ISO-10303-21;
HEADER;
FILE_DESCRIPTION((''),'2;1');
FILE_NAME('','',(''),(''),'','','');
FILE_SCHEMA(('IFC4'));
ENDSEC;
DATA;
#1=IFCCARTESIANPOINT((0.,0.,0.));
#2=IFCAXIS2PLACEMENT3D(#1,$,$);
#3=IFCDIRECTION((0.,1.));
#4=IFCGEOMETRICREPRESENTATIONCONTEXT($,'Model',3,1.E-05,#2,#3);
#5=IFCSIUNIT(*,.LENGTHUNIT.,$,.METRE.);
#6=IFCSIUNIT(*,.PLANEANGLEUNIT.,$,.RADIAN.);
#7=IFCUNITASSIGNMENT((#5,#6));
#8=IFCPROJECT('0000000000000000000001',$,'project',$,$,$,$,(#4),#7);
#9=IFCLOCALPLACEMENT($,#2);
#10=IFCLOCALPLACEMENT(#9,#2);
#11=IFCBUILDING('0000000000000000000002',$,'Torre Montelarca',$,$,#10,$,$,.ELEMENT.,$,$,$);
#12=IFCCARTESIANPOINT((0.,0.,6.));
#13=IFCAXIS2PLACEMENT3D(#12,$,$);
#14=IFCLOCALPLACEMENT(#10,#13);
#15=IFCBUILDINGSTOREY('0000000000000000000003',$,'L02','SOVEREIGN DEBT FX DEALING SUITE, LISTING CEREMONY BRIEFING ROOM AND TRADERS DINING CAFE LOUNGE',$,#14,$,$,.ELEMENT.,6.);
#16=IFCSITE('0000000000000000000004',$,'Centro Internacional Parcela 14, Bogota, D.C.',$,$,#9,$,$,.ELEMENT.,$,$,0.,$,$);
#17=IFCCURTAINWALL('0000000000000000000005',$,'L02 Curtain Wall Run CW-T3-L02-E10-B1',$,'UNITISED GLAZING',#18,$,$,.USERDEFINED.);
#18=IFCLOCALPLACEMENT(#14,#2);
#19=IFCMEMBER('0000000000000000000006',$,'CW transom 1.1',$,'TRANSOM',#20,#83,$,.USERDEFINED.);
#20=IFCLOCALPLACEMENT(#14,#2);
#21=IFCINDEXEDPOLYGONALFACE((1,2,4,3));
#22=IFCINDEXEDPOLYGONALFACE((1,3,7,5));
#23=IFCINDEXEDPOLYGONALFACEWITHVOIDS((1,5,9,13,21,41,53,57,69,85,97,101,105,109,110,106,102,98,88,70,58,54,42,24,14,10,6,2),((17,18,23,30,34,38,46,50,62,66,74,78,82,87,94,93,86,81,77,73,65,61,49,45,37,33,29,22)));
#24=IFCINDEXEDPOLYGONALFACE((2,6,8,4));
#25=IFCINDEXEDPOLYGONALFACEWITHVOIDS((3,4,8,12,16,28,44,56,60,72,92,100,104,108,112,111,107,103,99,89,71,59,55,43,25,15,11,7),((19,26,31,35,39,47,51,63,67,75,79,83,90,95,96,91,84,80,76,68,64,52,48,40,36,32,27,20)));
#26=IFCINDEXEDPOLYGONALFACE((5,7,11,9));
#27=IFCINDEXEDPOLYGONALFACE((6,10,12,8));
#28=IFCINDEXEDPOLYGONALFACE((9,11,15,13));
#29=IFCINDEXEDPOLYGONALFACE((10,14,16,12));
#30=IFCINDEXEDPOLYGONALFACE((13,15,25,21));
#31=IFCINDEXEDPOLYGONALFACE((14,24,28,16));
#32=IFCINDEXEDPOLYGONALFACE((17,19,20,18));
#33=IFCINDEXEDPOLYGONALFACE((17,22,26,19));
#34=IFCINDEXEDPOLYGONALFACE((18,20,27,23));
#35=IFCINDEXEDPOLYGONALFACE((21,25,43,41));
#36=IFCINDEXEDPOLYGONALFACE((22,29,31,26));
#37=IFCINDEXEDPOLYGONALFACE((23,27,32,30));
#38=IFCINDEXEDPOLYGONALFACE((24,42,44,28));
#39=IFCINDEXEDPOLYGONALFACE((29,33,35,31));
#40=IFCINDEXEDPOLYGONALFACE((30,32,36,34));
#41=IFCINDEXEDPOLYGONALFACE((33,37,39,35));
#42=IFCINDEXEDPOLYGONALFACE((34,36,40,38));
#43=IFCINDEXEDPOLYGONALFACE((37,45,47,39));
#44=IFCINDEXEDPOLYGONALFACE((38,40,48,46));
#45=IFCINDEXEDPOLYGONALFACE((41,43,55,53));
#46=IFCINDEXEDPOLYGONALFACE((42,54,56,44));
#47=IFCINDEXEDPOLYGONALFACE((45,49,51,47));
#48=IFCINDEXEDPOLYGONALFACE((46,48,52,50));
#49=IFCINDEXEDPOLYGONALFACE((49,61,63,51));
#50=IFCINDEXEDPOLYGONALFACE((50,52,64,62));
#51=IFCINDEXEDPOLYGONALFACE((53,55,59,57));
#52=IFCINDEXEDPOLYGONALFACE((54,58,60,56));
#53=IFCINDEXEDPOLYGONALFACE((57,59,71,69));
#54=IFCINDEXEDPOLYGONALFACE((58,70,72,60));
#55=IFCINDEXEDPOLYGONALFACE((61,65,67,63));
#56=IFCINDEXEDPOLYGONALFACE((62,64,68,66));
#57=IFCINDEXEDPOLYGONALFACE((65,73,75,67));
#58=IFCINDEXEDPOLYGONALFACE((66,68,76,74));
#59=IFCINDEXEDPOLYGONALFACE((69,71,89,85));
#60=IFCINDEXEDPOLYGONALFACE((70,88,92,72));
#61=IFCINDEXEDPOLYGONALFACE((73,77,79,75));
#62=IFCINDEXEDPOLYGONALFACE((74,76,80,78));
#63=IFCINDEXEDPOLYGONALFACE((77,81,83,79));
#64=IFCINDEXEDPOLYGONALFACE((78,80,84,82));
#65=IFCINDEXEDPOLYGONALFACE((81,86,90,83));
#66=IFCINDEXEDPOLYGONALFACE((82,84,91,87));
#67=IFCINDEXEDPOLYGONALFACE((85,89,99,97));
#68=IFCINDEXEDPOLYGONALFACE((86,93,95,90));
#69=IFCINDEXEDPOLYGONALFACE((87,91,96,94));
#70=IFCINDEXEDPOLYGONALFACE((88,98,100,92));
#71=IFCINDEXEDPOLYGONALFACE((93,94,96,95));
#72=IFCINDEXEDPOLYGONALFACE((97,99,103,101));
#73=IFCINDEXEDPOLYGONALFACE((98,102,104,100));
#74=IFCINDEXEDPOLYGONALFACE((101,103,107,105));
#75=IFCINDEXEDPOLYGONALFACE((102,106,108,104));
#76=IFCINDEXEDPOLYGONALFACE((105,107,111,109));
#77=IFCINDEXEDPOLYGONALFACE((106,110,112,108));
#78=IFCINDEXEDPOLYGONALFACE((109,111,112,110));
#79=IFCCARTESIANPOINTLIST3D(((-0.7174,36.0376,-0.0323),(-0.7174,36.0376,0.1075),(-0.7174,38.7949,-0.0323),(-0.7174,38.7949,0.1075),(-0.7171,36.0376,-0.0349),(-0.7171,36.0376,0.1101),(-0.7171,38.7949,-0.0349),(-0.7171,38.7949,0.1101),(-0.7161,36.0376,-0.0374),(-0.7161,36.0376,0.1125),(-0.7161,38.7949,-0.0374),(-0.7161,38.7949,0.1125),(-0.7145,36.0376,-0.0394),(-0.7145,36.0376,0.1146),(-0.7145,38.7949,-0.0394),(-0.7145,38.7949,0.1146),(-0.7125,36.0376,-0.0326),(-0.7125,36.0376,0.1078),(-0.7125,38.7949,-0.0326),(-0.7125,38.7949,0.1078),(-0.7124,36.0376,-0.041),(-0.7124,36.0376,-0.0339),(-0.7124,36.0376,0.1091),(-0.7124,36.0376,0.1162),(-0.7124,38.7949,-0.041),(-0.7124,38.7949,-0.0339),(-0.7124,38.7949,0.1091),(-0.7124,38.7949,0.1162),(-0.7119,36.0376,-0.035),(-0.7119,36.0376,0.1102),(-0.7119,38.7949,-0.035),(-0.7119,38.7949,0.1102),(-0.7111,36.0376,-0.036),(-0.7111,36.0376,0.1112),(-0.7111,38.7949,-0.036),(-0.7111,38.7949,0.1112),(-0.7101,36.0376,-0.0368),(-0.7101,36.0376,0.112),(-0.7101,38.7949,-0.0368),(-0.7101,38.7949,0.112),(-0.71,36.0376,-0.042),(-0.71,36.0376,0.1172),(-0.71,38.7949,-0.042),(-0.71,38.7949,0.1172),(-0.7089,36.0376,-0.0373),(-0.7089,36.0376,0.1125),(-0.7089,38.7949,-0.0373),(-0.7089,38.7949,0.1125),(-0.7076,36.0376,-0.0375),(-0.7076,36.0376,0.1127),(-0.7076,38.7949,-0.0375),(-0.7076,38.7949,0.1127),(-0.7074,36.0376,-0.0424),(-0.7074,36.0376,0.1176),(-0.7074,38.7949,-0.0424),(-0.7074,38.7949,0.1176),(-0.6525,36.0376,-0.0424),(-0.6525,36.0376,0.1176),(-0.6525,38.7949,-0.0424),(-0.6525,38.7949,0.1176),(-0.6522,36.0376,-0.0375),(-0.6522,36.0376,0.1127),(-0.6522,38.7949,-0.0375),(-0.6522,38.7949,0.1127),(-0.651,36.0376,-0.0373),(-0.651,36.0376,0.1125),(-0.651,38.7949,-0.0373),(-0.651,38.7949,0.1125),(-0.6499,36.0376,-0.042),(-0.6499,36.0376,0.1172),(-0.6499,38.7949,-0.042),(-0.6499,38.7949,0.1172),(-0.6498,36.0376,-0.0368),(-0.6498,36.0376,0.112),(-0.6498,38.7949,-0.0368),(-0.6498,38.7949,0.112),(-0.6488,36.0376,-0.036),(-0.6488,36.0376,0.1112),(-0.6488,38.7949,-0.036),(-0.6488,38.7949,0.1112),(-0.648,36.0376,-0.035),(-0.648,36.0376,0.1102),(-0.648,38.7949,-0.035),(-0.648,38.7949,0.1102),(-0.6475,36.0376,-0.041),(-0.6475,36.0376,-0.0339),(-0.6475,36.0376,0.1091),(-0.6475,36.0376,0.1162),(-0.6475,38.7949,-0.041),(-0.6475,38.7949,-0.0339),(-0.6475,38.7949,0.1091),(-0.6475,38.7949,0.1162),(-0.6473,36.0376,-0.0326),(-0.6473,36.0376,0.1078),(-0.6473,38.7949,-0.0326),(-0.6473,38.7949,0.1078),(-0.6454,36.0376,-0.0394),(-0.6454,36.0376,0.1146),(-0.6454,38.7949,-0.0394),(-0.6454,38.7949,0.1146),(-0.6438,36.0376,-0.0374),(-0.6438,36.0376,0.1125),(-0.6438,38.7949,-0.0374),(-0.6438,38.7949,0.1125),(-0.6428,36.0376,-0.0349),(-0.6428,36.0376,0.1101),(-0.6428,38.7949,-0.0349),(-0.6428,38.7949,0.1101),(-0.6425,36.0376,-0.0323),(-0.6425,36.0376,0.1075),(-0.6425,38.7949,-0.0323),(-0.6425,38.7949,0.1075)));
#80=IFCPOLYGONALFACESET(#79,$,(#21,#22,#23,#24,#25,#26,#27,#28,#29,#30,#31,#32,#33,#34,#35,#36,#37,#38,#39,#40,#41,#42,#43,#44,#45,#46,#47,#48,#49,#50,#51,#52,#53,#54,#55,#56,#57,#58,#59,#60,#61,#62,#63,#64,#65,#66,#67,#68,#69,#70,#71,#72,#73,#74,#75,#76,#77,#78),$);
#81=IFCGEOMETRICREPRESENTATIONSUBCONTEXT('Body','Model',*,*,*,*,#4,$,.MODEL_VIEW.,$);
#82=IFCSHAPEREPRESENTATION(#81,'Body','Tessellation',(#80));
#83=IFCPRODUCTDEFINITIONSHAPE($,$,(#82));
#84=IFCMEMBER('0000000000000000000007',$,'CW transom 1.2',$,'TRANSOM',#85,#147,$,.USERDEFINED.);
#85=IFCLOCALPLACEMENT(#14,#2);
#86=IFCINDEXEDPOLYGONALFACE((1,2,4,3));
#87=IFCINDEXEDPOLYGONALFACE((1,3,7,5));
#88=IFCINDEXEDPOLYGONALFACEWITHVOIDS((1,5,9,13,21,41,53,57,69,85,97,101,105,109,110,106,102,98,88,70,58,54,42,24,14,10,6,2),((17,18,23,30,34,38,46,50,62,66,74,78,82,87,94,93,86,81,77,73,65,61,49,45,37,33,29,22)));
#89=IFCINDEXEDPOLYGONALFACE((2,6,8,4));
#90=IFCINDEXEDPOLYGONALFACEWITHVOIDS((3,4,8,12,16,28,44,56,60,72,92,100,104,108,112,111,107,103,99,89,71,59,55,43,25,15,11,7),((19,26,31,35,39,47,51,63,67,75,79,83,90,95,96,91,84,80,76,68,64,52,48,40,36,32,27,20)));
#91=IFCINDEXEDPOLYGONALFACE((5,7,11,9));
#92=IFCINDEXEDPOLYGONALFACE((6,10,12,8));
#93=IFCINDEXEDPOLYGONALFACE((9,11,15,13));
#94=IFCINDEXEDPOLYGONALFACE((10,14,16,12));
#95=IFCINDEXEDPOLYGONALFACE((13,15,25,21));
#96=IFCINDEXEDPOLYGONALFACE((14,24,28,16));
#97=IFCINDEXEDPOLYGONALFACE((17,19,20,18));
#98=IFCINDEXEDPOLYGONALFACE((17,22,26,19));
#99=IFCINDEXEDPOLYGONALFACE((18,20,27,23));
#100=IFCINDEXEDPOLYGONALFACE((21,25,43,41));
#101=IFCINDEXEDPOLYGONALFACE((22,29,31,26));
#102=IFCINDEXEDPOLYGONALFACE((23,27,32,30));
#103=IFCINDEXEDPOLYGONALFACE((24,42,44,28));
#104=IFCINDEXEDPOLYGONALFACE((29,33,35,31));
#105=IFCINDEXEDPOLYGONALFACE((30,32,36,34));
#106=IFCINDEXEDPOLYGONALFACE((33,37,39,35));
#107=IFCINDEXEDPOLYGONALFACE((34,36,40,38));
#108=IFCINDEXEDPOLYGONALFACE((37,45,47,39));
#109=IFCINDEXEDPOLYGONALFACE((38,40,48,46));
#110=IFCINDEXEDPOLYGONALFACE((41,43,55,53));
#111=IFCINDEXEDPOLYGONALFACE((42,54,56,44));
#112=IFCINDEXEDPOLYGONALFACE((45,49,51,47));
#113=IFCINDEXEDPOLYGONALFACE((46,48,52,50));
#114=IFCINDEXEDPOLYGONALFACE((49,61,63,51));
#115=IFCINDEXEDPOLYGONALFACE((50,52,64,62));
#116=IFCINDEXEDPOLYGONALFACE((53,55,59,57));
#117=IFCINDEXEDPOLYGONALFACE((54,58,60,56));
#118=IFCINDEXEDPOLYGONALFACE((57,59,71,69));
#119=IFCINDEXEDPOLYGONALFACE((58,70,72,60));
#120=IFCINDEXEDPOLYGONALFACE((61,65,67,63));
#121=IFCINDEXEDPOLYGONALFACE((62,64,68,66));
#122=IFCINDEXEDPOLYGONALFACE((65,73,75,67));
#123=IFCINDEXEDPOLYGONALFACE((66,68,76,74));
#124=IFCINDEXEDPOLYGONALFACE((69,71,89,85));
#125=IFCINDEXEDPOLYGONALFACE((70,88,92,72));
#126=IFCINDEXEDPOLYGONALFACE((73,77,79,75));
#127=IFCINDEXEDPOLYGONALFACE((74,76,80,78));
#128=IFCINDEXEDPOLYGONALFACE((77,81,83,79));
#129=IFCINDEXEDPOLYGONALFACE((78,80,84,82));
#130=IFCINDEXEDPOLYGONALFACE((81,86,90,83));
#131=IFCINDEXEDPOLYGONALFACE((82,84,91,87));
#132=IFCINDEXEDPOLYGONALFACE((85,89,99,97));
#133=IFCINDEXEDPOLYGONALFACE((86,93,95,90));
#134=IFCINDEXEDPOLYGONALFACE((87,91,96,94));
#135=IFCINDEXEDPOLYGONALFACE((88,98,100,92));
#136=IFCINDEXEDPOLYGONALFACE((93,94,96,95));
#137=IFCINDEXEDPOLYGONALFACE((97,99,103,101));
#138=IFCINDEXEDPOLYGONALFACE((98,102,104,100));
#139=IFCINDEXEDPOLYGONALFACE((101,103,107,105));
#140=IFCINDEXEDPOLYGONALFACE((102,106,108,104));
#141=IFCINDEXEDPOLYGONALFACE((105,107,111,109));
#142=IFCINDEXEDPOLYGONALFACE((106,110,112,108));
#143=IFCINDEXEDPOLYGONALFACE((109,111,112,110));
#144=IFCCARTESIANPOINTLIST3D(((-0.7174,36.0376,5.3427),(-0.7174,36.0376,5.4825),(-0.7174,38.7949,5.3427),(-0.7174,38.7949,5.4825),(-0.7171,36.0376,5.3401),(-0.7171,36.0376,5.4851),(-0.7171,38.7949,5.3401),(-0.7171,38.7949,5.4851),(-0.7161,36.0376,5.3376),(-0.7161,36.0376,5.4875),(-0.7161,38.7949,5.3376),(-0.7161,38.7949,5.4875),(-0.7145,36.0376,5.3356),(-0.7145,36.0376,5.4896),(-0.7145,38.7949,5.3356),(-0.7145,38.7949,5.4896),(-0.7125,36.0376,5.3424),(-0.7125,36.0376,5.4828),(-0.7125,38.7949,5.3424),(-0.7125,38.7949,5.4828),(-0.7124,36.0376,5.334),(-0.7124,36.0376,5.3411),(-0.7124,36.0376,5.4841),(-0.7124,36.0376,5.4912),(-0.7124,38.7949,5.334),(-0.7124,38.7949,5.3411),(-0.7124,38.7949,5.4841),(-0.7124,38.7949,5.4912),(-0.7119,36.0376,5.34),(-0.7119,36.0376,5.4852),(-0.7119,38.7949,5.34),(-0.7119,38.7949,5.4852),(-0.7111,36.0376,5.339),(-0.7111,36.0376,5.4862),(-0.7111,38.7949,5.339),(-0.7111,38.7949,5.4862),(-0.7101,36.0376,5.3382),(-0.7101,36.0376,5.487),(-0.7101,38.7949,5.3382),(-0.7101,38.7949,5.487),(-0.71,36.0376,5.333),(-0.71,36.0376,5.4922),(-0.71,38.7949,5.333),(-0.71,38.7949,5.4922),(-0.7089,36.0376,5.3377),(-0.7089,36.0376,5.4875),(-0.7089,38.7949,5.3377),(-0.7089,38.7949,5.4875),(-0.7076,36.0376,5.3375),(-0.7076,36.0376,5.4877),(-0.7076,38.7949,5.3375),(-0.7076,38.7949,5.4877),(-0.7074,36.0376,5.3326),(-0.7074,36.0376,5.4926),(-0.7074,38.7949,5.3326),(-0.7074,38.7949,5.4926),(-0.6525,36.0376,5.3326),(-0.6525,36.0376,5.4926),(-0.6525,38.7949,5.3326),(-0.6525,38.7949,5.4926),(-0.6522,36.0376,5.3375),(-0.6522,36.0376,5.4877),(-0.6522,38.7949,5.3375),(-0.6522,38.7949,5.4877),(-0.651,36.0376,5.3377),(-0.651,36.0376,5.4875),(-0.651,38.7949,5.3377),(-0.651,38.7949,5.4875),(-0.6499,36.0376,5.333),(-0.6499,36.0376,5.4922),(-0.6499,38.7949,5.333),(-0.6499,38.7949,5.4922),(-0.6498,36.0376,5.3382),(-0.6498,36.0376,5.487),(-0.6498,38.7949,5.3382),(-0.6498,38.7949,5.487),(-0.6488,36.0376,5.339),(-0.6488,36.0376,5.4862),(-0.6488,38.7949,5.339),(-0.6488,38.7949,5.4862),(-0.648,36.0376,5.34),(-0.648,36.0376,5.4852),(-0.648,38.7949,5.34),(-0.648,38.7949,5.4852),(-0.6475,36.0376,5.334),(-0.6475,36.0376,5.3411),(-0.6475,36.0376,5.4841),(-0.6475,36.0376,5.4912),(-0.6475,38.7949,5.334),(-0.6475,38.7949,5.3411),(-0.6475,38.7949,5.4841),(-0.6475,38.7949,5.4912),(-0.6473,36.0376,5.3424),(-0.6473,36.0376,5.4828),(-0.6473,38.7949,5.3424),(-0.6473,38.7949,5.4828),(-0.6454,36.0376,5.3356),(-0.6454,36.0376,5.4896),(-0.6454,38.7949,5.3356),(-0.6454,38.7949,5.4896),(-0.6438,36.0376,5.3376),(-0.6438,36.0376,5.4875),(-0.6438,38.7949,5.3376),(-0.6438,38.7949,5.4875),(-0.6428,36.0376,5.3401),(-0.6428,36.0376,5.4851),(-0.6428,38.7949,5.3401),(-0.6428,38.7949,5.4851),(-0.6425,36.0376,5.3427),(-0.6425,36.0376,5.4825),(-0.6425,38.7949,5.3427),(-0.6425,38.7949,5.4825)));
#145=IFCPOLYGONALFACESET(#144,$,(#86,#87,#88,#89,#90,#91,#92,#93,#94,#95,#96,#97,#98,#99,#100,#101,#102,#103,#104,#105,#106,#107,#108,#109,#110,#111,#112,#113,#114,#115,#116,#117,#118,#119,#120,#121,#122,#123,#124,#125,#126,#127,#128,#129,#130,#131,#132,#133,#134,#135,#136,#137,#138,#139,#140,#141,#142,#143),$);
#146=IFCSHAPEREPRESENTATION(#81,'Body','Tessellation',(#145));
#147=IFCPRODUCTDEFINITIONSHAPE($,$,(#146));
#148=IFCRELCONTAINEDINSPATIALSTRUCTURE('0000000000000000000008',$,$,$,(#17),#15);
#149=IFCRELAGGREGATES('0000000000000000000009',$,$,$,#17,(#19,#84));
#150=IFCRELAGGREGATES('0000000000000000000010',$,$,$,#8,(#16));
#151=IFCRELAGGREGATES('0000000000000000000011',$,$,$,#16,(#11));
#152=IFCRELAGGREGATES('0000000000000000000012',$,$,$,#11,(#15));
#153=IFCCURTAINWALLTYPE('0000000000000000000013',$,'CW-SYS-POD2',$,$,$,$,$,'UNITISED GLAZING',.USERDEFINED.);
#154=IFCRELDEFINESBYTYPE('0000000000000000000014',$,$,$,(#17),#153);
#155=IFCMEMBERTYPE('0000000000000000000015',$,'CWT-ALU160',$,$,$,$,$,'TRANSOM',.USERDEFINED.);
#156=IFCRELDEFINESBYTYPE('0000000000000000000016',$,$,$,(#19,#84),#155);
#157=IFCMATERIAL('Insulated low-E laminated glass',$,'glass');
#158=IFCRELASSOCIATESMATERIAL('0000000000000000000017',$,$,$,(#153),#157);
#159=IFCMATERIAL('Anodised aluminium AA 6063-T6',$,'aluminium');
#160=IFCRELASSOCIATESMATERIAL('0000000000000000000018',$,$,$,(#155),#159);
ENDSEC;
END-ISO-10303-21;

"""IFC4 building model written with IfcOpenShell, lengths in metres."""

from ifc_helpers import new_model, si_unit, direction, frame, origin, origin_2d, place, context, subcontext, project, spatial, hollow_rectangle, extrude, source, transform, mapped, material, material_profile, profile_set, type_object, element, aggregate, save


model = new_model("IFC4")

# Units and contexts
model_context = context("Model", 3, precision=1e-05, world=origin(), true_north=direction((0.0, 1.0)))
body_context = subcontext(model_context, "Body", "Model", "MODEL_VIEW")
ifc_project = project(units=[si_unit("LENGTHUNIT", "METRE"), si_unit("PLANEANGLEUNIT", "RADIAN")], contexts=[model_context])

# Site, building, storey
site_placement = place(None, origin())
site = spatial("IfcSite", under=ifc_project, at=site_placement, Name="Centro Internacional Parcela 14, Bogota, D.C.", CompositionType="ELEMENT", RefElevation=0.0)
building_placement = place(site_placement, origin())
building = spatial("IfcBuilding", under=site, at=building_placement, Name="Torre Montelarca", CompositionType="ELEMENT")
storey_placement = place(building_placement, frame((0.0, 0.0, 6.0)))
storey = spatial("IfcBuildingStorey", under=building, at=storey_placement, Name="L02", Description="SOVEREIGN DEBT FX DEALING SUITE, LISTING CEREMONY BRIEFING ROOM AND TRADERS DINING CAFE LOUNGE", CompositionType="ELEMENT", Elevation=6.0)

# Curtain wall
ifc_material_1 = material(Name="Insulated low-E laminated glass", Category="glass")
curtain_wall_type = type_object("IfcCurtainWallType", Name="CW-SYS-POD2", ElementType="UNITISED GLAZING", PredefinedType="USERDEFINED", material=ifc_material_1)
curtain_wall_1_placement = place(storey_placement, origin())
curtain_wall_1 = element("IfcCurtainWall", 1, at=curtain_wall_1_placement, inside=storey, type_object=curtain_wall_type, Name="L02 Curtain Wall Run CW-T3-L02-E10-B1", ObjectType="UNITISED GLAZING", PredefinedType="USERDEFINED")
ifc_material_2 = material(Name="Anodised aluminium AA 6063-T6", Category="aluminium")

# Members
ifc_material_profile_1 = material_profile(ifc_material_2, hollow_rectangle(XDim=0.075, YDim=0.1599, WallThickness=0.0049, InnerFilletRadius=0.0049, OuterFilletRadius=0.01, at=origin_2d()), Name="ALU75X160X5", Category="aluminium")
ifc_profile_set_1 = profile_set([ifc_material_profile_1], Name="Anodised aluminium AA 6063-T6")
member_type_1 = type_object("IfcMemberType", Name="CWT-ALU160", ElementType="TRANSOM", PredefinedType="USERDEFINED", material=ifc_profile_set_1)
shared_shape_1 = source(origin(), body_context, "Body", "SweptSolid", [
    extrude(hollow_rectangle(XDim=0.075, YDim=0.1599, WallThickness=0.0049, InnerFilletRadius=0.0049, OuterFilletRadius=0.01, at=origin_2d()), origin(), (0.0, 0.0, 1.0), 2.7573),
])
member_1_placement = place(storey_placement, frame((-0.6799, 38.7949, 0.0376), z_axis=(0.0, -1.0, 0.0), x_axis=(1.0, 0.0, 0.0)))
member_1 = element("IfcMember", 2, at=member_1_placement, type_object=member_type_1, Name="CW transom 1.1", ObjectType="TRANSOM", PredefinedType="USERDEFINED", context=body_context, shape_type="MappedRepresentation", body=[
    mapped(shared_shape_1, transform((0.0, 0.0, 0.0), scale=1.0)),
])
member_2_placement = place(storey_placement, frame((-0.6799, 38.7949, 5.4126), z_axis=(0.0, -1.0, 0.0), x_axis=(1.0, 0.0, 0.0)))
member_2 = element("IfcMember", 3, at=member_2_placement, type_object=member_type_1, Name="CW transom 1.2", ObjectType="TRANSOM", PredefinedType="USERDEFINED", context=body_context, shape_type="MappedRepresentation", body=[
    mapped(shared_shape_1, transform((0.0, 0.0, 0.0), scale=1.0)),
])

aggregate(curtain_wall_1, [member_1, member_2])

save(model, "model.ifc")
